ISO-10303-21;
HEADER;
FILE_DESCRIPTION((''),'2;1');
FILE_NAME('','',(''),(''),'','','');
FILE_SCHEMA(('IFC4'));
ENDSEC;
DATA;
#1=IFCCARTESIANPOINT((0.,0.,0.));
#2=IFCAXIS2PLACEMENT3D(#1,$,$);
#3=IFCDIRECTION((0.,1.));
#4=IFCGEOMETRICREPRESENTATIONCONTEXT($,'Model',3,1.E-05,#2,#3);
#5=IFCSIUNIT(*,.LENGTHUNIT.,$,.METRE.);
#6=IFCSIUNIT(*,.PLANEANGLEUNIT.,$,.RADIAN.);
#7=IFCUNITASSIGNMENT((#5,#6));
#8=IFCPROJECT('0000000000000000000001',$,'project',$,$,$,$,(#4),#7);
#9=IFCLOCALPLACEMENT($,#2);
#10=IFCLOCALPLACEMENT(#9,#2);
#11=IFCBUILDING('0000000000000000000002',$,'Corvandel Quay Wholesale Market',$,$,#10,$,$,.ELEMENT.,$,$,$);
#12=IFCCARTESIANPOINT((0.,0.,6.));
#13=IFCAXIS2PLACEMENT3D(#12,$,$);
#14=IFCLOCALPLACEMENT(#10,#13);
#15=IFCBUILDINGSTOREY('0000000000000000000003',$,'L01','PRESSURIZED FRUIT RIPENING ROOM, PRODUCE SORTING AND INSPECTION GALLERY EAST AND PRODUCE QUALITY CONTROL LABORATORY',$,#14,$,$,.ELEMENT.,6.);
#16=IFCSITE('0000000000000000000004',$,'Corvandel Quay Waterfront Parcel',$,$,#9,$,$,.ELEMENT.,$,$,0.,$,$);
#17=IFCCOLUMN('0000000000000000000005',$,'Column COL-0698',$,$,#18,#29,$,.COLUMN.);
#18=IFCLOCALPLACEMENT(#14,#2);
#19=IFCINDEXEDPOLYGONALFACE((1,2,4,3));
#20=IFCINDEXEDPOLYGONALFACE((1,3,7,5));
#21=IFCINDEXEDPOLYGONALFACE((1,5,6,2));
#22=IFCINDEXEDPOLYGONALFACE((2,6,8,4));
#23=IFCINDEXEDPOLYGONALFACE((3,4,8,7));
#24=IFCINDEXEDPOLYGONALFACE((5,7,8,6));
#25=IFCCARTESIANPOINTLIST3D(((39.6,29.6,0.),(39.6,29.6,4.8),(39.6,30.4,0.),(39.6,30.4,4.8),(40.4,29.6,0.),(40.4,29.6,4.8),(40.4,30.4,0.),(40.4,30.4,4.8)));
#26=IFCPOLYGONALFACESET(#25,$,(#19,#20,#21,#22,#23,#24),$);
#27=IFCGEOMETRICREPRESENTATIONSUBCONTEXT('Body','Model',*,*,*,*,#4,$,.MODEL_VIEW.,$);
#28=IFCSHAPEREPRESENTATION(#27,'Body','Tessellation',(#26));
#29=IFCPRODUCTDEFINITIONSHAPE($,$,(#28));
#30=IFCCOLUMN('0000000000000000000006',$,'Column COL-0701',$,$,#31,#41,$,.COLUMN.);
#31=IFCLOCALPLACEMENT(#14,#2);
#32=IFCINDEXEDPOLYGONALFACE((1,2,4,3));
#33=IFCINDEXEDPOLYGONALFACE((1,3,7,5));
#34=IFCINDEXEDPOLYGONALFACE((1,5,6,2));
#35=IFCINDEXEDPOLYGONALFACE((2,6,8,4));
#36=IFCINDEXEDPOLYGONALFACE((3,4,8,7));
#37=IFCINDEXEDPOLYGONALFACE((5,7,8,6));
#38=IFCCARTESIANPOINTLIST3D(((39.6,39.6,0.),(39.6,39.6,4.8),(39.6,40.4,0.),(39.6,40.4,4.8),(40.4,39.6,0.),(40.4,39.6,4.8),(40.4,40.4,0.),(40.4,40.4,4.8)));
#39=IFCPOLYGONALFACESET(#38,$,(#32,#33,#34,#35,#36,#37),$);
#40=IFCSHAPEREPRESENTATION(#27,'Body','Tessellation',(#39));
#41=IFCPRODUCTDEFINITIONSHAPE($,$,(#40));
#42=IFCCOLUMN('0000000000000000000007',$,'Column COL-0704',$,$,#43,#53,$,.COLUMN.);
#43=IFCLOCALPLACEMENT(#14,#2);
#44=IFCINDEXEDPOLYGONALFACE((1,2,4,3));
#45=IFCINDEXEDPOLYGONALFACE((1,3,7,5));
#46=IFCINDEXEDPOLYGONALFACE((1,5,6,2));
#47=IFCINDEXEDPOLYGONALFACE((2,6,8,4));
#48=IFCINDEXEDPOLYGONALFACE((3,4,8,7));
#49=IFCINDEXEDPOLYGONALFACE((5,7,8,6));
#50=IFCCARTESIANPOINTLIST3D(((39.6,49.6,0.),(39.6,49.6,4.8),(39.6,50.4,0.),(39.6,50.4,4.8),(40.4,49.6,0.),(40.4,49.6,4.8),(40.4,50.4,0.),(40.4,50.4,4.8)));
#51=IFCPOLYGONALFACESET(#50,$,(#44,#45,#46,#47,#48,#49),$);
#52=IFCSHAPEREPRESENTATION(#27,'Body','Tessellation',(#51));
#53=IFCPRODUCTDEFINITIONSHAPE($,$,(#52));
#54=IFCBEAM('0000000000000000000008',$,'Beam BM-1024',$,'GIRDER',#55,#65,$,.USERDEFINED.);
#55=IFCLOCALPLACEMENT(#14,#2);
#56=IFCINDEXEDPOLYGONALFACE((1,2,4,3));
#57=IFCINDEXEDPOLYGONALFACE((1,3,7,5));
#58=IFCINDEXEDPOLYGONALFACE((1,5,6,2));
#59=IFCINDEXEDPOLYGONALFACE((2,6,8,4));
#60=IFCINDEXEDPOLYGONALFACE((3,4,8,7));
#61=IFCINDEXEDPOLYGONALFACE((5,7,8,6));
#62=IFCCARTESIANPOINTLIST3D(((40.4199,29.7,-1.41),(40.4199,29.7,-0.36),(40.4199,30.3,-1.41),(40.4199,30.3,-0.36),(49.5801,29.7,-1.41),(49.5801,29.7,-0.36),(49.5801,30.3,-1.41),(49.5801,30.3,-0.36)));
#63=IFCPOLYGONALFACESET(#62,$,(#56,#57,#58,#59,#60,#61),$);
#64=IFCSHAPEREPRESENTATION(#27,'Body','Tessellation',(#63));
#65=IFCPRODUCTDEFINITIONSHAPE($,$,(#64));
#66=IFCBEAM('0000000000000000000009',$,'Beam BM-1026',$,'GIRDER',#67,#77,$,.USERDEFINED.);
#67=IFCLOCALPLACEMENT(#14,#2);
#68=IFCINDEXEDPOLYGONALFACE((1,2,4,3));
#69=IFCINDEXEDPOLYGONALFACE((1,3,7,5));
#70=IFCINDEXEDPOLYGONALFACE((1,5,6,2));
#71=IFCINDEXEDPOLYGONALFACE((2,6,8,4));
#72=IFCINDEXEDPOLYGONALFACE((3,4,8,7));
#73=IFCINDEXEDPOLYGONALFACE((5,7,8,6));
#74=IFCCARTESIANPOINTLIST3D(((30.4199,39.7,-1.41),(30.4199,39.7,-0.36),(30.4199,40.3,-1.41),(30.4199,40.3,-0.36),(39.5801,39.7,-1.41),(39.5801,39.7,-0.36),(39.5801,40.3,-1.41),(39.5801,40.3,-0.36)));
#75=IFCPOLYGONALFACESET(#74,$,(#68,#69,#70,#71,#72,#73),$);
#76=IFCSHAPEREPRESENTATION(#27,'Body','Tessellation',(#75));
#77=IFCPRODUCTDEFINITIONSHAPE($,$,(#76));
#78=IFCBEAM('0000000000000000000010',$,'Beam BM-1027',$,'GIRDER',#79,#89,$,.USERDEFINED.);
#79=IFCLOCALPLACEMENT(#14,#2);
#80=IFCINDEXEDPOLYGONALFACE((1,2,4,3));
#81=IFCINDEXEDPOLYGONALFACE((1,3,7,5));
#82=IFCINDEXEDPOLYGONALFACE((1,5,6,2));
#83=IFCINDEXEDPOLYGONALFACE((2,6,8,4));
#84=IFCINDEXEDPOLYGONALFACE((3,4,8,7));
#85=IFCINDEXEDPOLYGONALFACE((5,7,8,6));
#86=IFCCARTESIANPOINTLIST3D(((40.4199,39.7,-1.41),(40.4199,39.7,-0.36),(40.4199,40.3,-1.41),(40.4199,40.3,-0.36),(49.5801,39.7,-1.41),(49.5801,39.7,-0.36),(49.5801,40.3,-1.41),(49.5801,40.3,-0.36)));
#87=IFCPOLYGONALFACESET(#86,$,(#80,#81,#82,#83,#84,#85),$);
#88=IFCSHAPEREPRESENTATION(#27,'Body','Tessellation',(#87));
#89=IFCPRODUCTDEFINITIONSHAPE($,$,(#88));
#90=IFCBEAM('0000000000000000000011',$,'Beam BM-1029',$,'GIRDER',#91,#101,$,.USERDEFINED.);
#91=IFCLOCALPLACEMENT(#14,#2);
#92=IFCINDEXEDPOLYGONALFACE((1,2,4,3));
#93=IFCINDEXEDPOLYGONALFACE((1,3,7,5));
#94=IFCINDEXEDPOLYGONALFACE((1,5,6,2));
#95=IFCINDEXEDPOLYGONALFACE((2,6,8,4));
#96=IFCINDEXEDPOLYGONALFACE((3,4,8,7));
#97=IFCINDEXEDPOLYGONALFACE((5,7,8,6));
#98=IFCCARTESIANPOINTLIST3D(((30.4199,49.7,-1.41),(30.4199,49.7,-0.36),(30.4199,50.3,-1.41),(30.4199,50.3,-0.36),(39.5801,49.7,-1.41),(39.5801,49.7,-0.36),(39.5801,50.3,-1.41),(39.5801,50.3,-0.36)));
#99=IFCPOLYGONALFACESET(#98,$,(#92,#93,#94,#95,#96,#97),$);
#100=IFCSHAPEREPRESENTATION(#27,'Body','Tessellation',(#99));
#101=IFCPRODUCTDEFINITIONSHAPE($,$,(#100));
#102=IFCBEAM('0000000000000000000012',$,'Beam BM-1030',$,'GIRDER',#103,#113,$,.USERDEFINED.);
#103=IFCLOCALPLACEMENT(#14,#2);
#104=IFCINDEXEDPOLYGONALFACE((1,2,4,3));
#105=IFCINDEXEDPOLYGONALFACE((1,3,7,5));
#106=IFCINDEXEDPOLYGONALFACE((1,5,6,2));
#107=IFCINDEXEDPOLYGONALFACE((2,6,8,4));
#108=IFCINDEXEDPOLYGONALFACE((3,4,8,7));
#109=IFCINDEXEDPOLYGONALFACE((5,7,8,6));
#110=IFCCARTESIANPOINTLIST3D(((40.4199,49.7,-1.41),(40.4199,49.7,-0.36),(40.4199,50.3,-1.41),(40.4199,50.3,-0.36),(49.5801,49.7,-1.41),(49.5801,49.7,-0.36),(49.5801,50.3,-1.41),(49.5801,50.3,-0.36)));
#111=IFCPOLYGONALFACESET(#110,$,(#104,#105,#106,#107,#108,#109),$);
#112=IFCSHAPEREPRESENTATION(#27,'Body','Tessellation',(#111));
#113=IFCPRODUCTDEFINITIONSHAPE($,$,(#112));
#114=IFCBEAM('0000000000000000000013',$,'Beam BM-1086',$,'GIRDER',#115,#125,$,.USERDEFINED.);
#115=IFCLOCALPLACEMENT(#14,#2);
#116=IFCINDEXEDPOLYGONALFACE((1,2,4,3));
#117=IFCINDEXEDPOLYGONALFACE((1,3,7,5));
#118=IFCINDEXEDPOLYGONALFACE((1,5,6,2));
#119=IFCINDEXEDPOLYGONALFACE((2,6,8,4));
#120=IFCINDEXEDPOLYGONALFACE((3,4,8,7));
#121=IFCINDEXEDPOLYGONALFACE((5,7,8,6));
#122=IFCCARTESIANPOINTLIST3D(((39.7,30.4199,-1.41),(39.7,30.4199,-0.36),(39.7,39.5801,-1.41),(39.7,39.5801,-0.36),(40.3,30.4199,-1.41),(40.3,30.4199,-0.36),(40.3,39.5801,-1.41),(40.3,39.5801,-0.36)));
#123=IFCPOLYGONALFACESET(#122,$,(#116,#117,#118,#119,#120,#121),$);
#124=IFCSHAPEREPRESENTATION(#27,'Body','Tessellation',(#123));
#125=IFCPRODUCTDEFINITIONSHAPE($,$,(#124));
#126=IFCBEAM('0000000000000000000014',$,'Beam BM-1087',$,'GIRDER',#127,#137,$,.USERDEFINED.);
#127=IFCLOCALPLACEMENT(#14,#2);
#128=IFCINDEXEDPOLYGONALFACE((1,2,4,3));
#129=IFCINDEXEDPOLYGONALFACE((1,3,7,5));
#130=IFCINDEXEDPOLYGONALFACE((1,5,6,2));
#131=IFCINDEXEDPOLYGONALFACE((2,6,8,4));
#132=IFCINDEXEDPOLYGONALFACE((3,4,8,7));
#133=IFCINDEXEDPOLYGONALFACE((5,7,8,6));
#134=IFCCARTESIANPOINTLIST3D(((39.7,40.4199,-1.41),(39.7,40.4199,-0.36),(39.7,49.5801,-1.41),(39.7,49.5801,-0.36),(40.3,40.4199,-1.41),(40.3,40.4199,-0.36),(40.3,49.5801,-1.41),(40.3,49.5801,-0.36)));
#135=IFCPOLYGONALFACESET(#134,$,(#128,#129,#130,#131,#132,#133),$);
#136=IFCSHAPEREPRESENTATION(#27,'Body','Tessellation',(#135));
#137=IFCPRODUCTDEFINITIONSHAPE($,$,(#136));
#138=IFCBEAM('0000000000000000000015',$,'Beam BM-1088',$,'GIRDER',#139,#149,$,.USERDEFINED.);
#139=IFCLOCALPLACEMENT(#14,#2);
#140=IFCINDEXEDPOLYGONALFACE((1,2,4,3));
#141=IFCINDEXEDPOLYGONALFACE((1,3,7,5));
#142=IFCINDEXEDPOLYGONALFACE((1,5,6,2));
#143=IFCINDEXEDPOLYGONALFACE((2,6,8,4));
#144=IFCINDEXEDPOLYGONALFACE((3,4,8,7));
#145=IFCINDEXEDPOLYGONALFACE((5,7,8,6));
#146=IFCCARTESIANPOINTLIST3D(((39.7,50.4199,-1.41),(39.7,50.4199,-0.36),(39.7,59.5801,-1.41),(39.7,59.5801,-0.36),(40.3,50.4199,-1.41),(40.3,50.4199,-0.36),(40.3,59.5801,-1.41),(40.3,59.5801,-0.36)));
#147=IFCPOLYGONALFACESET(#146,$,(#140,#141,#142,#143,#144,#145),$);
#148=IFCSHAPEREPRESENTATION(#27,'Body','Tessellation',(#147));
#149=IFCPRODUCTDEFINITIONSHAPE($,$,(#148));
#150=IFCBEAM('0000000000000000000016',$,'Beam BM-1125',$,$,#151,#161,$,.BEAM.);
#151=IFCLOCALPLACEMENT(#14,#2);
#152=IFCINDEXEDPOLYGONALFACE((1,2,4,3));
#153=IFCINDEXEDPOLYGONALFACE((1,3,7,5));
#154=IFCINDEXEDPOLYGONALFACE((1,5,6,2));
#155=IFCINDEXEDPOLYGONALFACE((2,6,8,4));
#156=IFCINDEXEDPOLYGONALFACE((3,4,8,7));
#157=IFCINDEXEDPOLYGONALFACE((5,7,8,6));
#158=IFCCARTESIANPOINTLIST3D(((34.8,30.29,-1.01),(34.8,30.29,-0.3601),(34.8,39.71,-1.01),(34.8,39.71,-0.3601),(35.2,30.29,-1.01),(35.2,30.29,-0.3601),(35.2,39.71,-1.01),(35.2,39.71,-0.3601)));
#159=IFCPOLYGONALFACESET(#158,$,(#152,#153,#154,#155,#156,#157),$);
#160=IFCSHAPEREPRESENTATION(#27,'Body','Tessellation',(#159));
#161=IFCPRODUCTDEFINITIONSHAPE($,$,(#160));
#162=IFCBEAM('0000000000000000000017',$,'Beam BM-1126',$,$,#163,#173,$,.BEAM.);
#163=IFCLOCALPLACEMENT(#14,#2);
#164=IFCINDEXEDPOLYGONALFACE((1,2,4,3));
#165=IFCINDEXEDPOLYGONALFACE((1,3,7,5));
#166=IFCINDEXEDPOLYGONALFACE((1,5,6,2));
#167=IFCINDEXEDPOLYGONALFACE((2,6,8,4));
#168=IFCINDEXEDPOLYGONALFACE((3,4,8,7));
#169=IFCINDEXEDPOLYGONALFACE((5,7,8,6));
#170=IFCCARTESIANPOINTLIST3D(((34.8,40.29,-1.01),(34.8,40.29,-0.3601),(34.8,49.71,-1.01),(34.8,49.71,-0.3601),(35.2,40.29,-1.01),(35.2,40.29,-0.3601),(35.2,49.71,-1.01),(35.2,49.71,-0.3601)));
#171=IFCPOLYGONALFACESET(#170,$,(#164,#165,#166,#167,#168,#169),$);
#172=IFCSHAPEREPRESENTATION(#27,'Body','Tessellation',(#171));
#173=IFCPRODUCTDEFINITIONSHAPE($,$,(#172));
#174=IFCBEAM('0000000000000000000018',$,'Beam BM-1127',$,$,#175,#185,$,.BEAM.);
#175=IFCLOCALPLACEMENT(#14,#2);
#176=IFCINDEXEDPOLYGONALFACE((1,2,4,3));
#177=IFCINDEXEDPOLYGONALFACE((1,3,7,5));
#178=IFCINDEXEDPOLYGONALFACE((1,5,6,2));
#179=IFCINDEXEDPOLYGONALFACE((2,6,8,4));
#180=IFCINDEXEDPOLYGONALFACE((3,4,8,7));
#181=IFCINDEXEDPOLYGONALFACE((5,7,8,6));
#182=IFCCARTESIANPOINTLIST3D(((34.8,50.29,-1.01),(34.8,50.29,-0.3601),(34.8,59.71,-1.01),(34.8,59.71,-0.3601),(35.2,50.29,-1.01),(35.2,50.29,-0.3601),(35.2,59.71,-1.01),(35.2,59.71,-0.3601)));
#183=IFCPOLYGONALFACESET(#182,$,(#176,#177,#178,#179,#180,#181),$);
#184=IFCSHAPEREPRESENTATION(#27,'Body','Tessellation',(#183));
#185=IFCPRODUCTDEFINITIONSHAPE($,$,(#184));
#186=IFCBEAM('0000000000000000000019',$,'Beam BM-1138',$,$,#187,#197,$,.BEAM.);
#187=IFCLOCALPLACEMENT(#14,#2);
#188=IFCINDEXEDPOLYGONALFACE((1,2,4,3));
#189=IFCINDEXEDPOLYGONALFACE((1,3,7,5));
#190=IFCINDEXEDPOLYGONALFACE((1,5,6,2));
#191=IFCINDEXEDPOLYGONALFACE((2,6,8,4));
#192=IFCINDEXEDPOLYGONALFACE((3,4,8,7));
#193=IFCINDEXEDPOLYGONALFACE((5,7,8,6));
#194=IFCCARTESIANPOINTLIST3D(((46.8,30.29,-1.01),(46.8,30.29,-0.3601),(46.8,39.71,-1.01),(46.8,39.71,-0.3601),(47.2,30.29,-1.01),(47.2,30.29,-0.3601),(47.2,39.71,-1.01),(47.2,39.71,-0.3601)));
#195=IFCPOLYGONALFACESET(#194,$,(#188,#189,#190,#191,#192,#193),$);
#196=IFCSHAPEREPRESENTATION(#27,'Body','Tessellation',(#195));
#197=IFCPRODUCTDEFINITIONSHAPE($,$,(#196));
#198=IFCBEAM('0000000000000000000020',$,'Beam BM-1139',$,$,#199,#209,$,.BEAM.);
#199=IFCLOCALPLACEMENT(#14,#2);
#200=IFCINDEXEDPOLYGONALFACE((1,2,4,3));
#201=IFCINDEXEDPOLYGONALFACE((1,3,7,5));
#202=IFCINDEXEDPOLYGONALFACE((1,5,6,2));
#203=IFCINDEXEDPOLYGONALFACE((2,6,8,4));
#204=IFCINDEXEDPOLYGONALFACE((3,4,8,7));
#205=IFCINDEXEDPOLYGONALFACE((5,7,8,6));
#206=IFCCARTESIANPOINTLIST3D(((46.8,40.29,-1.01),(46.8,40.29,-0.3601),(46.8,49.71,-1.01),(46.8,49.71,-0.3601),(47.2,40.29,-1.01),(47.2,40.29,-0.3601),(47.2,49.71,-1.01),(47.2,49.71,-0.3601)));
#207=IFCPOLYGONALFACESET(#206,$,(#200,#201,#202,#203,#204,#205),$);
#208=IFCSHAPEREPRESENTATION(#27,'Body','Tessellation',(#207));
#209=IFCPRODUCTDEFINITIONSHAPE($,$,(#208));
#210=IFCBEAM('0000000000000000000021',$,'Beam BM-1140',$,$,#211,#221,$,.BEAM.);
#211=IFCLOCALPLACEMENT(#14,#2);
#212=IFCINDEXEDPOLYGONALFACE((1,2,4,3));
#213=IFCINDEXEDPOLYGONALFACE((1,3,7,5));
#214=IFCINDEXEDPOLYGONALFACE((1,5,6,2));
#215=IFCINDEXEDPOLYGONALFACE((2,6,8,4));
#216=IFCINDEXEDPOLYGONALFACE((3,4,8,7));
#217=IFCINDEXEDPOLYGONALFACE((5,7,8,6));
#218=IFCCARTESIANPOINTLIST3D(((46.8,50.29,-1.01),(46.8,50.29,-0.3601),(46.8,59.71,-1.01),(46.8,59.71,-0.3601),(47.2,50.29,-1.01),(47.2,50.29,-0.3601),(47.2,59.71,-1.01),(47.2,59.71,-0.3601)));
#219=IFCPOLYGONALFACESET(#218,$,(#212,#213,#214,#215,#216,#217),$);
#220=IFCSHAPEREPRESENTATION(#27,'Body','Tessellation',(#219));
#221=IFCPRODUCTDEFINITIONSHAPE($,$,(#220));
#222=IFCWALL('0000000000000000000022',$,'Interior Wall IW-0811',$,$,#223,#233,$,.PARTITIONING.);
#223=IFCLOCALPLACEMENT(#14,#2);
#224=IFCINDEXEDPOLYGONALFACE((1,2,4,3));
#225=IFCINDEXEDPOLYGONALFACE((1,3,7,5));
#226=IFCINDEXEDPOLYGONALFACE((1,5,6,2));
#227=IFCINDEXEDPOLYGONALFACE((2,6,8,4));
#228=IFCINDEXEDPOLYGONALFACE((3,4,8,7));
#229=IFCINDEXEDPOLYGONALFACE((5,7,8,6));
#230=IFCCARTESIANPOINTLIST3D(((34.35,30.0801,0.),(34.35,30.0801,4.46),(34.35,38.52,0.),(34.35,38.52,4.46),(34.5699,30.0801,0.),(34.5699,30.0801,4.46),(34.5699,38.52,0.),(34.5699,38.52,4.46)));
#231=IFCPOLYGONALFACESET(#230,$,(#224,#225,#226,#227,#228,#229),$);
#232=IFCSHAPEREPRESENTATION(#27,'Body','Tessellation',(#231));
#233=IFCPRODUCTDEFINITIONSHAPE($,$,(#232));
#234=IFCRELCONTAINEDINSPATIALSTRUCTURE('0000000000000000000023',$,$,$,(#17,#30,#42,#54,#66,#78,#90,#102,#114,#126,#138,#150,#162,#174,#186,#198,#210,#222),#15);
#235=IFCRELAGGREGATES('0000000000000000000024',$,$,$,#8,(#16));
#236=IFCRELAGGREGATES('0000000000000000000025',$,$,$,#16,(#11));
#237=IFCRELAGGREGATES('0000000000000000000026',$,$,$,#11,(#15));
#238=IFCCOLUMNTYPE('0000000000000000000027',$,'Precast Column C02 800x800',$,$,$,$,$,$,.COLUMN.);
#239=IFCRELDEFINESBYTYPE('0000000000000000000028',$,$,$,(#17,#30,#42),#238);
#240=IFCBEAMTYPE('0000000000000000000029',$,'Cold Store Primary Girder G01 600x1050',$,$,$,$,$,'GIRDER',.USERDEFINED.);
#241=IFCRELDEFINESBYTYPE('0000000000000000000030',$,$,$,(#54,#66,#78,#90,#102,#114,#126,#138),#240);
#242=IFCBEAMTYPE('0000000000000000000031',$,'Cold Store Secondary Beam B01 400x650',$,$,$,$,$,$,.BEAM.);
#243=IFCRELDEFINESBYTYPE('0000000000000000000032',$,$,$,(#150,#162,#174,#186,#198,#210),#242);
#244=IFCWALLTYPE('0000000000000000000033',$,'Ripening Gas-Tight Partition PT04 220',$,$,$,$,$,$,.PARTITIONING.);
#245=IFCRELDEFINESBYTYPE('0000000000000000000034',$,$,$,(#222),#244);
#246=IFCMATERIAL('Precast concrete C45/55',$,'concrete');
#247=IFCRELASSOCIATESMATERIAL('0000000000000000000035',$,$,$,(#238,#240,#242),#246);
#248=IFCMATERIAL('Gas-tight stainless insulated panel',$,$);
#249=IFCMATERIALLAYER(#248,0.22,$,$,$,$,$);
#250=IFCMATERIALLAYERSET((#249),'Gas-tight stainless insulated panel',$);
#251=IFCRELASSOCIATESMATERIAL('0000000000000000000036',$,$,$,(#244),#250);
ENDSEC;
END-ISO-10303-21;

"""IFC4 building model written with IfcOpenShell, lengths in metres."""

from ifc_helpers import new_model, si_unit, direction, frame, frame_2d, origin, origin_2d, place, context, subcontext, project, spatial, rectangle, extrude, material, layer, layer_set, material_profile, profile_set, type_object, element, save


model = new_model("IFC4")

# Units and contexts
model_context = context("Model", 3, precision=1e-05, world=origin(), true_north=direction((0.0, 1.0)))
body_context = subcontext(model_context, "Body", "Model", "MODEL_VIEW")
ifc_project = project(units=[si_unit("LENGTHUNIT", "METRE"), si_unit("PLANEANGLEUNIT", "RADIAN")], contexts=[model_context])

# Site, building, storey
site_placement = place(None, origin())
site = spatial("IfcSite", under=ifc_project, at=site_placement, Name="Corvandel Quay Waterfront Parcel", CompositionType="ELEMENT", RefElevation=0.0)
building_placement = place(site_placement, origin())
building = spatial("IfcBuilding", under=site, at=building_placement, Name="Corvandel Quay Wholesale Market", CompositionType="ELEMENT")
storey_placement = place(building_placement, frame((0.0, 0.0, 6.0)))
storey = spatial("IfcBuildingStorey", under=building, at=storey_placement, Name="L01", Description="PRESSURIZED FRUIT RIPENING ROOM, PRODUCE SORTING AND INSPECTION GALLERY EAST AND PRODUCE QUALITY CONTROL LABORATORY", CompositionType="ELEMENT", Elevation=6.0)

# Columns
ifc_material_1 = material(Name="Precast concrete C45/55", Category="concrete")
ifc_material_profile_1 = material_profile(ifc_material_1, rectangle(XDim=0.8, YDim=0.8, at=origin_2d()), Name="PC-COL-800x800")
ifc_profile_set_1 = profile_set([ifc_material_profile_1], Name="Precast concrete C45/55")
column_type = type_object("IfcColumnType", Name="Precast Column C02 800x800", PredefinedType="COLUMN", material=ifc_profile_set_1)
for number, where, z_axis, x_axis, name in (
    (1, (40.0, 30.0, 0.0), (0.0, 0.0, 1.0), (1.0, 0.0, 0.0), "Column COL-0698"),
    (2, (40.0, 40.0, 0.0), (0.0, 0.0, 1.0), (1.0, 0.0, 0.0), "Column COL-0701"),
    (3, (40.0, 50.0, 0.0), (0.0, 0.0, 1.0), (1.0, 0.0, 0.0), "Column COL-0704"),
):
    element("IfcColumn", number, at=place(storey_placement, frame(where, z_axis=z_axis, x_axis=x_axis)), inside=storey, type_object=column_type, Name=name, PredefinedType="COLUMN", context=body_context, shape_type="SweptSolid", body=[
        extrude(rectangle(XDim=0.8, YDim=0.8, at=origin_2d()), origin(), (0.0, 0.0, 1.0), 4.8),
    ])

# Beams
ifc_material_profile_2 = material_profile(ifc_material_1, rectangle(XDim=0.6001, YDim=1.05, at=origin_2d()), Name="PC-GIR-600x1050")
ifc_profile_set_2 = profile_set([ifc_material_profile_2], Name="Precast concrete C45/55")
beam_type_1 = type_object("IfcBeamType", Name="Cold Store Primary Girder G01 600x1050", ElementType="GIRDER", PredefinedType="USERDEFINED", material=ifc_profile_set_2)
for number, where, z_axis, x_axis, name in (
    (4, (40.4199, 30.0, -0.885), (1.0, 0.0, 0.0), (0.0, 1.0, 0.0), "Beam BM-1024"),
    (5, (30.4199, 40.0, -0.885), (1.0, 0.0, 0.0), (0.0, 1.0, 0.0), "Beam BM-1026"),
    (6, (40.4199, 40.0, -0.885), (1.0, 0.0, 0.0), (0.0, 1.0, 0.0), "Beam BM-1027"),
    (7, (30.4199, 50.0, -0.885), (1.0, 0.0, 0.0), (0.0, 1.0, 0.0), "Beam BM-1029"),
    (8, (40.4199, 50.0, -0.885), (1.0, 0.0, 0.0), (0.0, 1.0, 0.0), "Beam BM-1030"),
    (9, (40.0, 30.4199, -0.885), (0.0, 1.0, 0.0), (-1.0, 0.0, 0.0), "Beam BM-1086"),
    (10, (40.0, 40.4199, -0.885), (0.0, 1.0, 0.0), (-1.0, 0.0, 0.0), "Beam BM-1087"),
    (11, (40.0, 50.4199, -0.885), (0.0, 1.0, 0.0), (-1.0, 0.0, 0.0), "Beam BM-1088"),
):
    element("IfcBeam", number, at=place(storey_placement, frame(where, z_axis=z_axis, x_axis=x_axis)), inside=storey, type_object=beam_type_1, Name=name, ObjectType="GIRDER", PredefinedType="USERDEFINED", context=body_context, shape_type="SweptSolid", body=[
        extrude(rectangle(XDim=0.6001, YDim=1.05, at=origin_2d()), origin(), (0.0, 0.0, 1.0), 9.1602),
    ])
ifc_material_profile_3 = material_profile(ifc_material_1, rectangle(XDim=0.3999, YDim=0.6499, at=origin_2d()), Name="PC-BM-400x650")
ifc_profile_set_3 = profile_set([ifc_material_profile_3], Name="Precast concrete C45/55")
beam_type_2 = type_object("IfcBeamType", Name="Cold Store Secondary Beam B01 400x650", PredefinedType="BEAM", material=ifc_profile_set_3)
for number, where, z_axis, x_axis, name in (
    (12, (35.0, 30.29, -0.6851), (0.0, 1.0, 0.0), (-1.0, 0.0, 0.0), "Beam BM-1125"),
    (13, (35.0, 40.29, -0.6851), (0.0, 1.0, 0.0), (-1.0, 0.0, 0.0), "Beam BM-1126"),
    (14, (35.0, 50.29, -0.6851), (0.0, 1.0, 0.0), (-1.0, 0.0, 0.0), "Beam BM-1127"),
    (15, (47.0, 30.29, -0.6851), (0.0, 1.0, 0.0), (-1.0, 0.0, 0.0), "Beam BM-1138"),
    (16, (47.0, 40.29, -0.6851), (0.0, 1.0, 0.0), (-1.0, 0.0, 0.0), "Beam BM-1139"),
    (17, (47.0, 50.29, -0.6851), (0.0, 1.0, 0.0), (-1.0, 0.0, 0.0), "Beam BM-1140"),
):
    element("IfcBeam", number, at=place(storey_placement, frame(where, z_axis=z_axis, x_axis=x_axis)), inside=storey, type_object=beam_type_2, Name=name, PredefinedType="BEAM", context=body_context, shape_type="SweptSolid", body=[
        extrude(rectangle(XDim=0.3999, YDim=0.6499, at=origin_2d()), origin(), (0.0, 0.0, 1.0), 9.4199),
    ])

# Wall
ifc_material_2 = material(Name="Gas-tight stainless insulated panel")
ifc_layer = layer(ifc_material_2, 0.22)
ifc_layer_set = layer_set([ifc_layer], Name="Gas-tight stainless insulated panel")
wall_type = type_object("IfcWallType", Name="Ripening Gas-Tight Partition PT04 220", PredefinedType="PARTITIONING", material=ifc_layer_set)
wall_1_placement = place(storey_placement, frame((34.46, 30.0801, 0.0), z_axis=(0.0, 0.0, 1.0), x_axis=(0.0, 1.0, 0.0)))
element("IfcWall", 18, at=wall_1_placement, inside=storey, type_object=wall_type, Name="Interior Wall IW-0811", PredefinedType="PARTITIONING", context=body_context, shape_type="SweptSolid", body=[
    extrude(rectangle(XDim=8.4399, YDim=0.22, at=frame_2d((4.22, 0.0))), origin(), (0.0, 0.0, 1.0), 4.46),
])

save(model, "model.ifc")
